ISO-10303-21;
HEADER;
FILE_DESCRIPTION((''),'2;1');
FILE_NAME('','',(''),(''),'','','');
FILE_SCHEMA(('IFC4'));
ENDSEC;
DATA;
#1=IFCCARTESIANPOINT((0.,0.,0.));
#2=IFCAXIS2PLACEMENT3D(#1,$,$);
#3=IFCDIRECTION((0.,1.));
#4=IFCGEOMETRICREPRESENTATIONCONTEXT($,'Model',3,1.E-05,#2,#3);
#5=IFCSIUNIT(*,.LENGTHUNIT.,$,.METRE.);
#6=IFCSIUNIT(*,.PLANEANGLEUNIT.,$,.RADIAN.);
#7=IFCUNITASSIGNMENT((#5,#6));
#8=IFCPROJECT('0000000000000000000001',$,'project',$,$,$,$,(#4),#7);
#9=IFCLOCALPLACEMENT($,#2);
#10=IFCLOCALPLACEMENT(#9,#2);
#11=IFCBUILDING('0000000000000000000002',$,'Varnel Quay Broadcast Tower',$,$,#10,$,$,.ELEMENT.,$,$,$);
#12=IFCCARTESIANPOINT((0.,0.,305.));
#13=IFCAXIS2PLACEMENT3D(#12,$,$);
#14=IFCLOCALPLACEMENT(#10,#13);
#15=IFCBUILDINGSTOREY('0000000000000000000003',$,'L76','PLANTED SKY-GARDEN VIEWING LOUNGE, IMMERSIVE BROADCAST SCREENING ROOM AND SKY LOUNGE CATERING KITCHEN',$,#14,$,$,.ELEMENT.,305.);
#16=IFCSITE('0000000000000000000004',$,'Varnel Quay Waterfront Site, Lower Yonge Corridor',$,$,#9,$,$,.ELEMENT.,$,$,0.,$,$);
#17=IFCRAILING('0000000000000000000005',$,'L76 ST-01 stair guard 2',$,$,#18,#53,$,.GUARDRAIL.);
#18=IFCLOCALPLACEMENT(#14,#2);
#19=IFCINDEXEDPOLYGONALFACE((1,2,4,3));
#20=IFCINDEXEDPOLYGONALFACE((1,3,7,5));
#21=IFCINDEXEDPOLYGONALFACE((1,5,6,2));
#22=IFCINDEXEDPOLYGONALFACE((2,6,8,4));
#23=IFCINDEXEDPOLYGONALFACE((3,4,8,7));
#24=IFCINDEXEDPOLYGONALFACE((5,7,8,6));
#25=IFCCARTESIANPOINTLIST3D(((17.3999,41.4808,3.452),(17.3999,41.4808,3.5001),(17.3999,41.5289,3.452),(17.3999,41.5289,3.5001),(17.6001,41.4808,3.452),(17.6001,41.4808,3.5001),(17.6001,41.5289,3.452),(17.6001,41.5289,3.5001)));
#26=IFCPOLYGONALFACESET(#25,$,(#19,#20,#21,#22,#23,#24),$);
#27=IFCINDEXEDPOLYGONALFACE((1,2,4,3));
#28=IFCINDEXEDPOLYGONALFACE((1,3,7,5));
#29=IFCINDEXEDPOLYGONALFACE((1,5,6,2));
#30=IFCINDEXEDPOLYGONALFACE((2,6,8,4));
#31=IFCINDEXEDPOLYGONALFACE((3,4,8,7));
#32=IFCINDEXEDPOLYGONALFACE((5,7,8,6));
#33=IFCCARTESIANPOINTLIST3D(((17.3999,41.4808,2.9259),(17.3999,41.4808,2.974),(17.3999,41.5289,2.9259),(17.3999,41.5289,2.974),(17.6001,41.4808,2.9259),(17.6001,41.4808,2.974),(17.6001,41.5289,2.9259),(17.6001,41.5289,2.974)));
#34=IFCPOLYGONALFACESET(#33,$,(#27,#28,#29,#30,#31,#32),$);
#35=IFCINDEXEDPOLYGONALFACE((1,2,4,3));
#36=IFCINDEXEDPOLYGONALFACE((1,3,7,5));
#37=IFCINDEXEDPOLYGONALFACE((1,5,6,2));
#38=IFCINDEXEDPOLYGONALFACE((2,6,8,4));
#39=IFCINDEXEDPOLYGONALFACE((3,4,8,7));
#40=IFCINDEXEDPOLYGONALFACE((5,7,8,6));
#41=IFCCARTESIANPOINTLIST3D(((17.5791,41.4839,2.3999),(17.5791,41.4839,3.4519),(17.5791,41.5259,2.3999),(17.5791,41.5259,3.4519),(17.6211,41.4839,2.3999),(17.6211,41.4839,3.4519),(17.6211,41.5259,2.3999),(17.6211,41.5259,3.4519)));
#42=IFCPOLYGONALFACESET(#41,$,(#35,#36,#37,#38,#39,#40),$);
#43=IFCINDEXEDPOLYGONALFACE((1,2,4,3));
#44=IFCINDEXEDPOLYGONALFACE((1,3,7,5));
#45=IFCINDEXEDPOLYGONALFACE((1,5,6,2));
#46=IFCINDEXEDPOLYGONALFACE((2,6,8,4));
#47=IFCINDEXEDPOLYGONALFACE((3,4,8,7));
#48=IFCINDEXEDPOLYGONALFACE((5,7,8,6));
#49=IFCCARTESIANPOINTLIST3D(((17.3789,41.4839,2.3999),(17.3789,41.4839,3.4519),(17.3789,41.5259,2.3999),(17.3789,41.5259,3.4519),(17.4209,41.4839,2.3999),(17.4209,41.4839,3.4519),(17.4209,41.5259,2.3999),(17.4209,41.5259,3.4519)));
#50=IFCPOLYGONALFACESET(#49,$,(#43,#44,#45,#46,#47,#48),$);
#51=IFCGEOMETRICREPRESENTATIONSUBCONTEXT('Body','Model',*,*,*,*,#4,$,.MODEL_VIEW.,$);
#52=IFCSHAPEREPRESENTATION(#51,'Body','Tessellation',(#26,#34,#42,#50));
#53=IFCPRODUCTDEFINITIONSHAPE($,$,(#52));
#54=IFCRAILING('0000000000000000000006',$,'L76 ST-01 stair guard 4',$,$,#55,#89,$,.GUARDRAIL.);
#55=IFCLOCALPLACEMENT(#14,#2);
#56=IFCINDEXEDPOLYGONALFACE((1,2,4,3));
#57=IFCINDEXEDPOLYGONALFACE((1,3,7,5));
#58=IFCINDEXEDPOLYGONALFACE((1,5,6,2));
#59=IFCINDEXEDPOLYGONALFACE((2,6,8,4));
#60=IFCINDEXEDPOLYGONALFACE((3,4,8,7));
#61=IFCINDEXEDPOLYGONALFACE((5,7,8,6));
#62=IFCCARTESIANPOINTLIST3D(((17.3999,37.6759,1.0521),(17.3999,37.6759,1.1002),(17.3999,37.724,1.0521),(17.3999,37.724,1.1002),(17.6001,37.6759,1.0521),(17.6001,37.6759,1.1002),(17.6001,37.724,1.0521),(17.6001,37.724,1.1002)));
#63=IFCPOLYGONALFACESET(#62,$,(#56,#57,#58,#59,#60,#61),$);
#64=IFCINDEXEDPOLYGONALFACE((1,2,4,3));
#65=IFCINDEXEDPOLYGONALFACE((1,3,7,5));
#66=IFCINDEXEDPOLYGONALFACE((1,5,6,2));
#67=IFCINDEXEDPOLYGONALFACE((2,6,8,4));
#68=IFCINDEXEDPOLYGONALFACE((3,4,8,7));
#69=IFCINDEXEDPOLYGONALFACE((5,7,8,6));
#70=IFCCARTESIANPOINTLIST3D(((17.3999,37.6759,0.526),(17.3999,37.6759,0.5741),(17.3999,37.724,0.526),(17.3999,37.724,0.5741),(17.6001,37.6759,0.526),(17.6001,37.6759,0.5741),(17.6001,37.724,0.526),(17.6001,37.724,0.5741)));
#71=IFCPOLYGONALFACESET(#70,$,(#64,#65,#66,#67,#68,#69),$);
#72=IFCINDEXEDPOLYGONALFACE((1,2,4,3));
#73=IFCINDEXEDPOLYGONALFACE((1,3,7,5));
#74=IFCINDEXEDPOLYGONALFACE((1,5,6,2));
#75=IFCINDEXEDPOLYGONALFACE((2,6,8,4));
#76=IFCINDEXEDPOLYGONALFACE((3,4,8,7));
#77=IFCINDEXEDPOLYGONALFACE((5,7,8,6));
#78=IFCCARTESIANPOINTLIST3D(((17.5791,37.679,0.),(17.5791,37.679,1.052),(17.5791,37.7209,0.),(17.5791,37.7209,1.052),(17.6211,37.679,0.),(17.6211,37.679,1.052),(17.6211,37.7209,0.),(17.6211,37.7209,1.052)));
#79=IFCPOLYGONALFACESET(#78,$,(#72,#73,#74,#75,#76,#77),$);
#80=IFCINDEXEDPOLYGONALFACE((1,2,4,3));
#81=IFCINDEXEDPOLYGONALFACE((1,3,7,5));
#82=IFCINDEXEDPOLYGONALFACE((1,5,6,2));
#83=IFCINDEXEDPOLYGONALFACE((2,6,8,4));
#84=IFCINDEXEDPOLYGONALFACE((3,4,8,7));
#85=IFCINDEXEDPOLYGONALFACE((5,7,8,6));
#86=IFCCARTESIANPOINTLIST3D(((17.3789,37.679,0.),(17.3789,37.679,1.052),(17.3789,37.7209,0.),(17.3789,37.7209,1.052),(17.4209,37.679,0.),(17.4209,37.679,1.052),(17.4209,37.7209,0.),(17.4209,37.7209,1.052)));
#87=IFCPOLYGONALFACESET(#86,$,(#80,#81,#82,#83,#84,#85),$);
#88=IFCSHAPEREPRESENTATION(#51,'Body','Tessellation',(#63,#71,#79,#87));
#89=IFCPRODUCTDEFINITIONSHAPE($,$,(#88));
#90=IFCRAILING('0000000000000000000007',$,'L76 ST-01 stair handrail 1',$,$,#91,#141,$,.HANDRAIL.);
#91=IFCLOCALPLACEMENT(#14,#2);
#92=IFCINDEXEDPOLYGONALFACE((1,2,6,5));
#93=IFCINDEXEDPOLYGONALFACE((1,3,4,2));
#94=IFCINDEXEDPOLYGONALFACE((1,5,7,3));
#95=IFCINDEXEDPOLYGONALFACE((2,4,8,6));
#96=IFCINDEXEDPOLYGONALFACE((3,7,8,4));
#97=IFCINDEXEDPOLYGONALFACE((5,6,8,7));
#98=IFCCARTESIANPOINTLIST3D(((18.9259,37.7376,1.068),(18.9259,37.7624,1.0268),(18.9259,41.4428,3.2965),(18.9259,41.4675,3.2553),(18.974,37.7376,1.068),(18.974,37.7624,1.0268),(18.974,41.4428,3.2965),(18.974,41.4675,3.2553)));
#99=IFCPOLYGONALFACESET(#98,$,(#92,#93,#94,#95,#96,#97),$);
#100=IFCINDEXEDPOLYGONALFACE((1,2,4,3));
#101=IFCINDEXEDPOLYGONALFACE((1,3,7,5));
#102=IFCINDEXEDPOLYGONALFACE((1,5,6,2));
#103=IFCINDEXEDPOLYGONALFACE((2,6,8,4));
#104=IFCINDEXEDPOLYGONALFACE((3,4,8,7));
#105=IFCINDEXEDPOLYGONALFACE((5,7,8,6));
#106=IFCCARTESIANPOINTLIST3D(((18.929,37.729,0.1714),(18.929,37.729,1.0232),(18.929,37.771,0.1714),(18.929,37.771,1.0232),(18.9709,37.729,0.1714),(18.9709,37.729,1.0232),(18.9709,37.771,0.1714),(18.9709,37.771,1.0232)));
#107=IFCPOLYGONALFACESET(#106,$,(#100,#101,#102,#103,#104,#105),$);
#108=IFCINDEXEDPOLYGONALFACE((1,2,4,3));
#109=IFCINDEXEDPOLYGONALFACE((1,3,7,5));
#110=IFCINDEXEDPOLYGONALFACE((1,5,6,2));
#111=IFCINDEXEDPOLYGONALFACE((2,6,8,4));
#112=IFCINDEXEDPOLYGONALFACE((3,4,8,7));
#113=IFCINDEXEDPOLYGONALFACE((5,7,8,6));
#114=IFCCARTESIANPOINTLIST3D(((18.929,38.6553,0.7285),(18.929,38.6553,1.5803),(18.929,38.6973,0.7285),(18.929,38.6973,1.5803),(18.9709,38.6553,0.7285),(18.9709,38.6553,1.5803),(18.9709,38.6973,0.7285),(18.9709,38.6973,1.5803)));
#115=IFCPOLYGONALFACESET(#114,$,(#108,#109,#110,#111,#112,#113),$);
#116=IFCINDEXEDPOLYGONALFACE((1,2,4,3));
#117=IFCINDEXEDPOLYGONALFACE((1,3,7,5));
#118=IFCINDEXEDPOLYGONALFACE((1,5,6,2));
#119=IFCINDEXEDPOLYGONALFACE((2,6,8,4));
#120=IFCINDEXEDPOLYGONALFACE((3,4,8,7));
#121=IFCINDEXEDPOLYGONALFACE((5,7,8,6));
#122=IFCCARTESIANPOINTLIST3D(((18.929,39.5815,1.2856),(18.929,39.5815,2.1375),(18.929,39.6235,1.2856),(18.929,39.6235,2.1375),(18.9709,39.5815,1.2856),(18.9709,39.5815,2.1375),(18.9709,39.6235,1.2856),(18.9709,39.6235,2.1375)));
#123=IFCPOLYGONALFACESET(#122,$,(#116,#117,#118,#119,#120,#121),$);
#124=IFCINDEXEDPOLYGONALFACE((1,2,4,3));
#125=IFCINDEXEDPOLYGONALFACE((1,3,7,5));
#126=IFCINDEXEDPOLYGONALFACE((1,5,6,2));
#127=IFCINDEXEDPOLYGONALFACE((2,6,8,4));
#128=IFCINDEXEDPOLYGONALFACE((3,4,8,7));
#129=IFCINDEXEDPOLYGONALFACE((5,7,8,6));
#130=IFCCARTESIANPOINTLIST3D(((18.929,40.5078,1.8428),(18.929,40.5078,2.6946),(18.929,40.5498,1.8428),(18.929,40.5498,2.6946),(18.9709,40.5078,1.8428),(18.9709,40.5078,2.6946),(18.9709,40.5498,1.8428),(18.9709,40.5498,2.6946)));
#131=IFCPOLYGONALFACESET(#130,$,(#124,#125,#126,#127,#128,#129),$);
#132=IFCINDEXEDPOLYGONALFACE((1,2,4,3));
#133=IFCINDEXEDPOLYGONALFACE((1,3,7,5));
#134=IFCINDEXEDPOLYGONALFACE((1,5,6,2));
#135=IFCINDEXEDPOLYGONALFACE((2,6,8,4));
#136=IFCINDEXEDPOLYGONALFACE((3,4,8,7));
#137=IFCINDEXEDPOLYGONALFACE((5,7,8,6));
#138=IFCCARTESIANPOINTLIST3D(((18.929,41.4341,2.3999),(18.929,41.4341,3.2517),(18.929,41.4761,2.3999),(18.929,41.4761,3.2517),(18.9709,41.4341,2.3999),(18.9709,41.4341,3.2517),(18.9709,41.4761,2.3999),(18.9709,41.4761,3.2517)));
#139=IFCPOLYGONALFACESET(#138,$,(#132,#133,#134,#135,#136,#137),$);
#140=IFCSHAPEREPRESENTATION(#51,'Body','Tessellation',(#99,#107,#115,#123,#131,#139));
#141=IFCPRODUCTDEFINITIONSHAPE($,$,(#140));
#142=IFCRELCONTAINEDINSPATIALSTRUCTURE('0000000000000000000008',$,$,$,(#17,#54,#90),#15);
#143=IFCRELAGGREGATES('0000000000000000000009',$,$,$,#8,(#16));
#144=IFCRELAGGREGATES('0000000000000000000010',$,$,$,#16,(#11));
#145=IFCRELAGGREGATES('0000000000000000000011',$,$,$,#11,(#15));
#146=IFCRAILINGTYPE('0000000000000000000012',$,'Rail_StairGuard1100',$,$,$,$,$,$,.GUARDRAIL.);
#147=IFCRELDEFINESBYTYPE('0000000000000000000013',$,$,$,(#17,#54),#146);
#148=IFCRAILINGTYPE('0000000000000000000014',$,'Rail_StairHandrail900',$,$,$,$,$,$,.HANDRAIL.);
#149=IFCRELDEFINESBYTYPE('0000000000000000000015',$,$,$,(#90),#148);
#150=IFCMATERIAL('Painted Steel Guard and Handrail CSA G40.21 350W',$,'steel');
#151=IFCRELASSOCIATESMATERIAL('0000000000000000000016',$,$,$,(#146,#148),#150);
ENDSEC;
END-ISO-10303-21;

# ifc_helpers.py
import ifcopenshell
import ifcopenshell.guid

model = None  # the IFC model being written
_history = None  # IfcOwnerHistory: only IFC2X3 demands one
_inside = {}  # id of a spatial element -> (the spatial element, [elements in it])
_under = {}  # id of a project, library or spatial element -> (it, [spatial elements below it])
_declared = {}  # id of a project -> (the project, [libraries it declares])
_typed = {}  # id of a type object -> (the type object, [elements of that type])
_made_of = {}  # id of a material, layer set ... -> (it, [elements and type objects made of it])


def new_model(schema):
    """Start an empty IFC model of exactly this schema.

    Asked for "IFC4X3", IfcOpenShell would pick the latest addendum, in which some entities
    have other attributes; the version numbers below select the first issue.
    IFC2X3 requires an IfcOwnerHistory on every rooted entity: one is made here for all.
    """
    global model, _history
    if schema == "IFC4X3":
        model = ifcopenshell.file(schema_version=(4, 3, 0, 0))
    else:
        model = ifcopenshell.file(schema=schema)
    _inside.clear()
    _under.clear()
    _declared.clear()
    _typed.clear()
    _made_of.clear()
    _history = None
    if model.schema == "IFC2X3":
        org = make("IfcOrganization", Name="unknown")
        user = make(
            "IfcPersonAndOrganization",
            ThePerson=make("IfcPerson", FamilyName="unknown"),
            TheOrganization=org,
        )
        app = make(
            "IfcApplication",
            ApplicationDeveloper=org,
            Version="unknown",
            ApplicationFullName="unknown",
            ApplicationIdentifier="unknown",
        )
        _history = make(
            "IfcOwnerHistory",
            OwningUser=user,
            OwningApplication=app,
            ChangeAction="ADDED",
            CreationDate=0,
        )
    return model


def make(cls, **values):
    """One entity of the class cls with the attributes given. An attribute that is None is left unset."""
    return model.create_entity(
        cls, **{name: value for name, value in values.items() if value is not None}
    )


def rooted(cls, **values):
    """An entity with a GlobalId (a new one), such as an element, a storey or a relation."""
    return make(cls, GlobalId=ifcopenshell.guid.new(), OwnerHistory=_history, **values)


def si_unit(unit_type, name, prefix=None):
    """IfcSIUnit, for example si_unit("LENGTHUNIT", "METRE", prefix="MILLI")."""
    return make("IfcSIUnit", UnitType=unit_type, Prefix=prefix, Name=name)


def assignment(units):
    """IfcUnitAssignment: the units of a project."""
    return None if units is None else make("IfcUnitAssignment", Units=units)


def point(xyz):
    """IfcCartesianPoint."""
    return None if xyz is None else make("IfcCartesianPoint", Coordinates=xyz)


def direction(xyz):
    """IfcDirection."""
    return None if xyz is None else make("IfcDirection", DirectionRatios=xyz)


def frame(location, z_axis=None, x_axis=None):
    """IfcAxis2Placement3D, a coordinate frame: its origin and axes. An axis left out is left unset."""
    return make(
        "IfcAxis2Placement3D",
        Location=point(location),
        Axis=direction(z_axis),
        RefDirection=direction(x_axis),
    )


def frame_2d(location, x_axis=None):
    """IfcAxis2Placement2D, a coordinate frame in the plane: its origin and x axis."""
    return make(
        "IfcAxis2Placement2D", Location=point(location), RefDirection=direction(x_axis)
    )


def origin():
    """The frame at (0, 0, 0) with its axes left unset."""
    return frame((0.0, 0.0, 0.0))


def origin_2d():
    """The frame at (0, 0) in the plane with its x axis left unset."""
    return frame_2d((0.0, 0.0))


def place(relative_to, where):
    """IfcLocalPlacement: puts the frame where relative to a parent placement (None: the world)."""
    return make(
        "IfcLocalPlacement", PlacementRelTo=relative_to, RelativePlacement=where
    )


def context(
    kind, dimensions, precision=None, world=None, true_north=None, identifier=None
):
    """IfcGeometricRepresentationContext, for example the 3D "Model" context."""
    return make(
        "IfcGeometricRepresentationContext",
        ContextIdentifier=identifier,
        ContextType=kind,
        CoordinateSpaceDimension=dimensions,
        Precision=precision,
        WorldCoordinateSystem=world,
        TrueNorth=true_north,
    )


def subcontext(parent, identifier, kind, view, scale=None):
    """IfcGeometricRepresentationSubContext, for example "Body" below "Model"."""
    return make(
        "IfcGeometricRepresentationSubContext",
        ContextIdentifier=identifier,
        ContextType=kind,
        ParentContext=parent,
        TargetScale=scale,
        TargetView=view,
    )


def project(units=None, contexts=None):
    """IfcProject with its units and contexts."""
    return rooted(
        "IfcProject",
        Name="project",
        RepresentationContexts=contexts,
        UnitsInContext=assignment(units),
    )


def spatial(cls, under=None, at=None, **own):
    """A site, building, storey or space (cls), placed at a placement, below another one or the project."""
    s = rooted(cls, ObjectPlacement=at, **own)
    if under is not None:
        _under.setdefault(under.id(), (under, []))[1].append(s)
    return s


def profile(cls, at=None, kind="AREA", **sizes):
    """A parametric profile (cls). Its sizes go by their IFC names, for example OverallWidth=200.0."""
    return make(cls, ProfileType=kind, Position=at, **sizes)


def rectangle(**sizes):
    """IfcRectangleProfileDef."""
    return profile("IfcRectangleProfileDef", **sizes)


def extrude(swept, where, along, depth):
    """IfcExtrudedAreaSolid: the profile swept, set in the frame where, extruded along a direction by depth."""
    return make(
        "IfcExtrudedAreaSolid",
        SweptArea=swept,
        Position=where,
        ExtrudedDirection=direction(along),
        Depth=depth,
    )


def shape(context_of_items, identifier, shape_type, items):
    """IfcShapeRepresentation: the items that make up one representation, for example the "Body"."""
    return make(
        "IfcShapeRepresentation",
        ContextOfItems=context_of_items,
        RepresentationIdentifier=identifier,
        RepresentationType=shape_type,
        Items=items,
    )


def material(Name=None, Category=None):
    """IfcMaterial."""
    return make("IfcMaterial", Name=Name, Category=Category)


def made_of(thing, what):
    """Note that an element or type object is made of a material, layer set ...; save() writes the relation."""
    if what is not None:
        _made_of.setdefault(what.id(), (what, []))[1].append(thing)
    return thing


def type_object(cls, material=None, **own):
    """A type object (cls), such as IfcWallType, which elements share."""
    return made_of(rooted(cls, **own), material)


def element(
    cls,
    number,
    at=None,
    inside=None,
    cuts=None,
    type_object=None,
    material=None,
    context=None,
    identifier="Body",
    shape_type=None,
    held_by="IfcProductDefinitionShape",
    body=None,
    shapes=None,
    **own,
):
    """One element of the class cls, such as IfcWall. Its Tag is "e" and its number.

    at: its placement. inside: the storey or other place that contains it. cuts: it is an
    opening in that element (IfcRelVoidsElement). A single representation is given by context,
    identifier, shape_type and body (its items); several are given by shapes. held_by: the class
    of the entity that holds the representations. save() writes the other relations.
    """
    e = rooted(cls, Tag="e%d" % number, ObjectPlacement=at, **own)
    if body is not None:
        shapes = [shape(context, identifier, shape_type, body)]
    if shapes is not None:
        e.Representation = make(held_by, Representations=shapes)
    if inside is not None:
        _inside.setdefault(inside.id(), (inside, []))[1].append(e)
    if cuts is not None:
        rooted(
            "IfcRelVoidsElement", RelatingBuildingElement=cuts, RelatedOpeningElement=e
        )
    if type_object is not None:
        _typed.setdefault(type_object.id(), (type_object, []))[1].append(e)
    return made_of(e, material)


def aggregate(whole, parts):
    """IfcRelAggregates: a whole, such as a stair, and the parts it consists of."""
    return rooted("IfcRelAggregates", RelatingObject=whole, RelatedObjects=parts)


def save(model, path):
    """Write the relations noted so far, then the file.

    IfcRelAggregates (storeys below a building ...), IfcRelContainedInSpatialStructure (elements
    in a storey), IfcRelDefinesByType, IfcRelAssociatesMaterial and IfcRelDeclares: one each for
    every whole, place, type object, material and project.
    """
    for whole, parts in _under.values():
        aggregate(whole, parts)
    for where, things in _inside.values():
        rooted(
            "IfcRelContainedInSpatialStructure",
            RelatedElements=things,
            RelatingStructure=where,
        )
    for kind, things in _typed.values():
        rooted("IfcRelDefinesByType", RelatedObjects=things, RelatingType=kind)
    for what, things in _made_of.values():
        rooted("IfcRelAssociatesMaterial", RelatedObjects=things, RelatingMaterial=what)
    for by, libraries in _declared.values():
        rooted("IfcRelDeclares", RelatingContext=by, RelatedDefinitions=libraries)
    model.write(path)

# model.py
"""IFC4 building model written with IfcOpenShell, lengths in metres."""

from ifc_helpers import new_model, si_unit, direction, frame, origin, origin_2d, place, context, subcontext, project, spatial, rectangle, extrude, material, type_object, element, save


model = new_model("IFC4")

# Units and contexts
model_context = context("Model", 3, precision=1e-05, world=origin(), true_north=direction((0.0, 1.0)))
body_context = subcontext(model_context, "Body", "Model", "MODEL_VIEW")
ifc_project = project(units=[si_unit("LENGTHUNIT", "METRE"), si_unit("PLANEANGLEUNIT", "RADIAN")], contexts=[model_context])

# Site, building, storey
site_placement = place(None, origin())
site = spatial("IfcSite", under=ifc_project, at=site_placement, Name="Varnel Quay Waterfront Site, Lower Yonge Corridor", CompositionType="ELEMENT", RefElevation=0.0)
building_placement = place(site_placement, origin())
building = spatial("IfcBuilding", under=site, at=building_placement, Name="Varnel Quay Broadcast Tower", CompositionType="ELEMENT")
storey_placement = place(building_placement, frame((0.0, 0.0, 305.0)))
storey = spatial("IfcBuildingStorey", under=building, at=storey_placement, Name="L76", Description="PLANTED SKY-GARDEN VIEWING LOUNGE, IMMERSIVE BROADCAST SCREENING ROOM AND SKY LOUNGE CATERING KITCHEN", CompositionType="ELEMENT", Elevation=305.0)

# Railings
ifc_material_1 = material(Name="Painted Steel Guard and Handrail CSA G40.21 350W", Category="steel")
railing_type_1 = type_object("IfcRailingType", Name="Rail_StairGuard1100", PredefinedType="GUARDRAIL", material=ifc_material_1)
for number, where, name in (
    (1, (17.6001, 41.5049, 2.3999), "L76 ST-01 stair guard 2"),
    (2, (17.6001, 37.7, 0.0), "L76 ST-01 stair guard 4"),
):
    element("IfcRailing", number, at=place(storey_placement, frame(where)), inside=storey, type_object=railing_type_1, Name=name, PredefinedType="GUARDRAIL", context=body_context, shape_type="SweptSolid", body=[
        extrude(rectangle(XDim=0.0481, YDim=0.0481, at=origin_2d()), frame((0.0, 0.0, 1.0762), z_axis=(-1.0, 0.0, 0.0), x_axis=(0.0, -1.0, 0.0)), (0.0, 0.0, 1.0), 0.2002),
        extrude(rectangle(XDim=0.0481, YDim=0.0481, at=origin_2d()), frame((0.0, 0.0, 0.55), z_axis=(-1.0, 0.0, 0.0), x_axis=(0.0, -1.0, 0.0)), (0.0, 0.0, 1.0), 0.2002),
        extrude(rectangle(XDim=0.042, YDim=0.042, at=origin_2d()), origin(), (0.0, 0.0, 1.0), 1.052),
        extrude(rectangle(XDim=0.042, YDim=0.042, at=origin_2d()), frame((-0.2002, 0.0, 0.0)), (0.0, 0.0, 1.0), 1.052),
    ])
railing_type_2 = type_object("IfcRailingType", Name="Rail_StairHandrail900", PredefinedType="HANDRAIL", material=ifc_material_1)
railing_1_placement = place(storey_placement, frame((18.95, 37.75, 0.1714)))
element("IfcRailing", 3, at=railing_1_placement, inside=storey, type_object=railing_type_2, Name="L76 ST-01 stair handrail 1", PredefinedType="HANDRAIL", context=body_context, shape_type="SweptSolid", body=[
    extrude(rectangle(XDim=0.0481, YDim=0.0481, at=origin_2d()), frame((0.0, 0.0, 0.876), z_axis=(0.0, 0.856934, 0.515425), x_axis=(-1.0, 0.0, 0.0)), (0.0, 0.0, 1.0), 4.3237),
    extrude(rectangle(XDim=0.042, YDim=0.042, at=origin_2d()), origin(), (0.0, 0.0, 1.0), 0.8518),
    extrude(rectangle(XDim=0.042, YDim=0.042, at=origin_2d()), frame((0.0, 0.9263, 0.5571)), (0.0, 0.0, 1.0), 0.8518),
    extrude(rectangle(XDim=0.042, YDim=0.042, at=origin_2d()), frame((0.0, 1.8525, 1.1143)), (0.0, 0.0, 1.0), 0.8518),
    extrude(rectangle(XDim=0.042, YDim=0.042, at=origin_2d()), frame((0.0, 2.7788, 1.6714)), (0.0, 0.0, 1.0), 0.8518),
    extrude(rectangle(XDim=0.042, YDim=0.042, at=origin_2d()), frame((0.0, 3.7051, 2.2285)), (0.0, 0.0, 1.0), 0.8518),
])

save(model, "model.ifc")
